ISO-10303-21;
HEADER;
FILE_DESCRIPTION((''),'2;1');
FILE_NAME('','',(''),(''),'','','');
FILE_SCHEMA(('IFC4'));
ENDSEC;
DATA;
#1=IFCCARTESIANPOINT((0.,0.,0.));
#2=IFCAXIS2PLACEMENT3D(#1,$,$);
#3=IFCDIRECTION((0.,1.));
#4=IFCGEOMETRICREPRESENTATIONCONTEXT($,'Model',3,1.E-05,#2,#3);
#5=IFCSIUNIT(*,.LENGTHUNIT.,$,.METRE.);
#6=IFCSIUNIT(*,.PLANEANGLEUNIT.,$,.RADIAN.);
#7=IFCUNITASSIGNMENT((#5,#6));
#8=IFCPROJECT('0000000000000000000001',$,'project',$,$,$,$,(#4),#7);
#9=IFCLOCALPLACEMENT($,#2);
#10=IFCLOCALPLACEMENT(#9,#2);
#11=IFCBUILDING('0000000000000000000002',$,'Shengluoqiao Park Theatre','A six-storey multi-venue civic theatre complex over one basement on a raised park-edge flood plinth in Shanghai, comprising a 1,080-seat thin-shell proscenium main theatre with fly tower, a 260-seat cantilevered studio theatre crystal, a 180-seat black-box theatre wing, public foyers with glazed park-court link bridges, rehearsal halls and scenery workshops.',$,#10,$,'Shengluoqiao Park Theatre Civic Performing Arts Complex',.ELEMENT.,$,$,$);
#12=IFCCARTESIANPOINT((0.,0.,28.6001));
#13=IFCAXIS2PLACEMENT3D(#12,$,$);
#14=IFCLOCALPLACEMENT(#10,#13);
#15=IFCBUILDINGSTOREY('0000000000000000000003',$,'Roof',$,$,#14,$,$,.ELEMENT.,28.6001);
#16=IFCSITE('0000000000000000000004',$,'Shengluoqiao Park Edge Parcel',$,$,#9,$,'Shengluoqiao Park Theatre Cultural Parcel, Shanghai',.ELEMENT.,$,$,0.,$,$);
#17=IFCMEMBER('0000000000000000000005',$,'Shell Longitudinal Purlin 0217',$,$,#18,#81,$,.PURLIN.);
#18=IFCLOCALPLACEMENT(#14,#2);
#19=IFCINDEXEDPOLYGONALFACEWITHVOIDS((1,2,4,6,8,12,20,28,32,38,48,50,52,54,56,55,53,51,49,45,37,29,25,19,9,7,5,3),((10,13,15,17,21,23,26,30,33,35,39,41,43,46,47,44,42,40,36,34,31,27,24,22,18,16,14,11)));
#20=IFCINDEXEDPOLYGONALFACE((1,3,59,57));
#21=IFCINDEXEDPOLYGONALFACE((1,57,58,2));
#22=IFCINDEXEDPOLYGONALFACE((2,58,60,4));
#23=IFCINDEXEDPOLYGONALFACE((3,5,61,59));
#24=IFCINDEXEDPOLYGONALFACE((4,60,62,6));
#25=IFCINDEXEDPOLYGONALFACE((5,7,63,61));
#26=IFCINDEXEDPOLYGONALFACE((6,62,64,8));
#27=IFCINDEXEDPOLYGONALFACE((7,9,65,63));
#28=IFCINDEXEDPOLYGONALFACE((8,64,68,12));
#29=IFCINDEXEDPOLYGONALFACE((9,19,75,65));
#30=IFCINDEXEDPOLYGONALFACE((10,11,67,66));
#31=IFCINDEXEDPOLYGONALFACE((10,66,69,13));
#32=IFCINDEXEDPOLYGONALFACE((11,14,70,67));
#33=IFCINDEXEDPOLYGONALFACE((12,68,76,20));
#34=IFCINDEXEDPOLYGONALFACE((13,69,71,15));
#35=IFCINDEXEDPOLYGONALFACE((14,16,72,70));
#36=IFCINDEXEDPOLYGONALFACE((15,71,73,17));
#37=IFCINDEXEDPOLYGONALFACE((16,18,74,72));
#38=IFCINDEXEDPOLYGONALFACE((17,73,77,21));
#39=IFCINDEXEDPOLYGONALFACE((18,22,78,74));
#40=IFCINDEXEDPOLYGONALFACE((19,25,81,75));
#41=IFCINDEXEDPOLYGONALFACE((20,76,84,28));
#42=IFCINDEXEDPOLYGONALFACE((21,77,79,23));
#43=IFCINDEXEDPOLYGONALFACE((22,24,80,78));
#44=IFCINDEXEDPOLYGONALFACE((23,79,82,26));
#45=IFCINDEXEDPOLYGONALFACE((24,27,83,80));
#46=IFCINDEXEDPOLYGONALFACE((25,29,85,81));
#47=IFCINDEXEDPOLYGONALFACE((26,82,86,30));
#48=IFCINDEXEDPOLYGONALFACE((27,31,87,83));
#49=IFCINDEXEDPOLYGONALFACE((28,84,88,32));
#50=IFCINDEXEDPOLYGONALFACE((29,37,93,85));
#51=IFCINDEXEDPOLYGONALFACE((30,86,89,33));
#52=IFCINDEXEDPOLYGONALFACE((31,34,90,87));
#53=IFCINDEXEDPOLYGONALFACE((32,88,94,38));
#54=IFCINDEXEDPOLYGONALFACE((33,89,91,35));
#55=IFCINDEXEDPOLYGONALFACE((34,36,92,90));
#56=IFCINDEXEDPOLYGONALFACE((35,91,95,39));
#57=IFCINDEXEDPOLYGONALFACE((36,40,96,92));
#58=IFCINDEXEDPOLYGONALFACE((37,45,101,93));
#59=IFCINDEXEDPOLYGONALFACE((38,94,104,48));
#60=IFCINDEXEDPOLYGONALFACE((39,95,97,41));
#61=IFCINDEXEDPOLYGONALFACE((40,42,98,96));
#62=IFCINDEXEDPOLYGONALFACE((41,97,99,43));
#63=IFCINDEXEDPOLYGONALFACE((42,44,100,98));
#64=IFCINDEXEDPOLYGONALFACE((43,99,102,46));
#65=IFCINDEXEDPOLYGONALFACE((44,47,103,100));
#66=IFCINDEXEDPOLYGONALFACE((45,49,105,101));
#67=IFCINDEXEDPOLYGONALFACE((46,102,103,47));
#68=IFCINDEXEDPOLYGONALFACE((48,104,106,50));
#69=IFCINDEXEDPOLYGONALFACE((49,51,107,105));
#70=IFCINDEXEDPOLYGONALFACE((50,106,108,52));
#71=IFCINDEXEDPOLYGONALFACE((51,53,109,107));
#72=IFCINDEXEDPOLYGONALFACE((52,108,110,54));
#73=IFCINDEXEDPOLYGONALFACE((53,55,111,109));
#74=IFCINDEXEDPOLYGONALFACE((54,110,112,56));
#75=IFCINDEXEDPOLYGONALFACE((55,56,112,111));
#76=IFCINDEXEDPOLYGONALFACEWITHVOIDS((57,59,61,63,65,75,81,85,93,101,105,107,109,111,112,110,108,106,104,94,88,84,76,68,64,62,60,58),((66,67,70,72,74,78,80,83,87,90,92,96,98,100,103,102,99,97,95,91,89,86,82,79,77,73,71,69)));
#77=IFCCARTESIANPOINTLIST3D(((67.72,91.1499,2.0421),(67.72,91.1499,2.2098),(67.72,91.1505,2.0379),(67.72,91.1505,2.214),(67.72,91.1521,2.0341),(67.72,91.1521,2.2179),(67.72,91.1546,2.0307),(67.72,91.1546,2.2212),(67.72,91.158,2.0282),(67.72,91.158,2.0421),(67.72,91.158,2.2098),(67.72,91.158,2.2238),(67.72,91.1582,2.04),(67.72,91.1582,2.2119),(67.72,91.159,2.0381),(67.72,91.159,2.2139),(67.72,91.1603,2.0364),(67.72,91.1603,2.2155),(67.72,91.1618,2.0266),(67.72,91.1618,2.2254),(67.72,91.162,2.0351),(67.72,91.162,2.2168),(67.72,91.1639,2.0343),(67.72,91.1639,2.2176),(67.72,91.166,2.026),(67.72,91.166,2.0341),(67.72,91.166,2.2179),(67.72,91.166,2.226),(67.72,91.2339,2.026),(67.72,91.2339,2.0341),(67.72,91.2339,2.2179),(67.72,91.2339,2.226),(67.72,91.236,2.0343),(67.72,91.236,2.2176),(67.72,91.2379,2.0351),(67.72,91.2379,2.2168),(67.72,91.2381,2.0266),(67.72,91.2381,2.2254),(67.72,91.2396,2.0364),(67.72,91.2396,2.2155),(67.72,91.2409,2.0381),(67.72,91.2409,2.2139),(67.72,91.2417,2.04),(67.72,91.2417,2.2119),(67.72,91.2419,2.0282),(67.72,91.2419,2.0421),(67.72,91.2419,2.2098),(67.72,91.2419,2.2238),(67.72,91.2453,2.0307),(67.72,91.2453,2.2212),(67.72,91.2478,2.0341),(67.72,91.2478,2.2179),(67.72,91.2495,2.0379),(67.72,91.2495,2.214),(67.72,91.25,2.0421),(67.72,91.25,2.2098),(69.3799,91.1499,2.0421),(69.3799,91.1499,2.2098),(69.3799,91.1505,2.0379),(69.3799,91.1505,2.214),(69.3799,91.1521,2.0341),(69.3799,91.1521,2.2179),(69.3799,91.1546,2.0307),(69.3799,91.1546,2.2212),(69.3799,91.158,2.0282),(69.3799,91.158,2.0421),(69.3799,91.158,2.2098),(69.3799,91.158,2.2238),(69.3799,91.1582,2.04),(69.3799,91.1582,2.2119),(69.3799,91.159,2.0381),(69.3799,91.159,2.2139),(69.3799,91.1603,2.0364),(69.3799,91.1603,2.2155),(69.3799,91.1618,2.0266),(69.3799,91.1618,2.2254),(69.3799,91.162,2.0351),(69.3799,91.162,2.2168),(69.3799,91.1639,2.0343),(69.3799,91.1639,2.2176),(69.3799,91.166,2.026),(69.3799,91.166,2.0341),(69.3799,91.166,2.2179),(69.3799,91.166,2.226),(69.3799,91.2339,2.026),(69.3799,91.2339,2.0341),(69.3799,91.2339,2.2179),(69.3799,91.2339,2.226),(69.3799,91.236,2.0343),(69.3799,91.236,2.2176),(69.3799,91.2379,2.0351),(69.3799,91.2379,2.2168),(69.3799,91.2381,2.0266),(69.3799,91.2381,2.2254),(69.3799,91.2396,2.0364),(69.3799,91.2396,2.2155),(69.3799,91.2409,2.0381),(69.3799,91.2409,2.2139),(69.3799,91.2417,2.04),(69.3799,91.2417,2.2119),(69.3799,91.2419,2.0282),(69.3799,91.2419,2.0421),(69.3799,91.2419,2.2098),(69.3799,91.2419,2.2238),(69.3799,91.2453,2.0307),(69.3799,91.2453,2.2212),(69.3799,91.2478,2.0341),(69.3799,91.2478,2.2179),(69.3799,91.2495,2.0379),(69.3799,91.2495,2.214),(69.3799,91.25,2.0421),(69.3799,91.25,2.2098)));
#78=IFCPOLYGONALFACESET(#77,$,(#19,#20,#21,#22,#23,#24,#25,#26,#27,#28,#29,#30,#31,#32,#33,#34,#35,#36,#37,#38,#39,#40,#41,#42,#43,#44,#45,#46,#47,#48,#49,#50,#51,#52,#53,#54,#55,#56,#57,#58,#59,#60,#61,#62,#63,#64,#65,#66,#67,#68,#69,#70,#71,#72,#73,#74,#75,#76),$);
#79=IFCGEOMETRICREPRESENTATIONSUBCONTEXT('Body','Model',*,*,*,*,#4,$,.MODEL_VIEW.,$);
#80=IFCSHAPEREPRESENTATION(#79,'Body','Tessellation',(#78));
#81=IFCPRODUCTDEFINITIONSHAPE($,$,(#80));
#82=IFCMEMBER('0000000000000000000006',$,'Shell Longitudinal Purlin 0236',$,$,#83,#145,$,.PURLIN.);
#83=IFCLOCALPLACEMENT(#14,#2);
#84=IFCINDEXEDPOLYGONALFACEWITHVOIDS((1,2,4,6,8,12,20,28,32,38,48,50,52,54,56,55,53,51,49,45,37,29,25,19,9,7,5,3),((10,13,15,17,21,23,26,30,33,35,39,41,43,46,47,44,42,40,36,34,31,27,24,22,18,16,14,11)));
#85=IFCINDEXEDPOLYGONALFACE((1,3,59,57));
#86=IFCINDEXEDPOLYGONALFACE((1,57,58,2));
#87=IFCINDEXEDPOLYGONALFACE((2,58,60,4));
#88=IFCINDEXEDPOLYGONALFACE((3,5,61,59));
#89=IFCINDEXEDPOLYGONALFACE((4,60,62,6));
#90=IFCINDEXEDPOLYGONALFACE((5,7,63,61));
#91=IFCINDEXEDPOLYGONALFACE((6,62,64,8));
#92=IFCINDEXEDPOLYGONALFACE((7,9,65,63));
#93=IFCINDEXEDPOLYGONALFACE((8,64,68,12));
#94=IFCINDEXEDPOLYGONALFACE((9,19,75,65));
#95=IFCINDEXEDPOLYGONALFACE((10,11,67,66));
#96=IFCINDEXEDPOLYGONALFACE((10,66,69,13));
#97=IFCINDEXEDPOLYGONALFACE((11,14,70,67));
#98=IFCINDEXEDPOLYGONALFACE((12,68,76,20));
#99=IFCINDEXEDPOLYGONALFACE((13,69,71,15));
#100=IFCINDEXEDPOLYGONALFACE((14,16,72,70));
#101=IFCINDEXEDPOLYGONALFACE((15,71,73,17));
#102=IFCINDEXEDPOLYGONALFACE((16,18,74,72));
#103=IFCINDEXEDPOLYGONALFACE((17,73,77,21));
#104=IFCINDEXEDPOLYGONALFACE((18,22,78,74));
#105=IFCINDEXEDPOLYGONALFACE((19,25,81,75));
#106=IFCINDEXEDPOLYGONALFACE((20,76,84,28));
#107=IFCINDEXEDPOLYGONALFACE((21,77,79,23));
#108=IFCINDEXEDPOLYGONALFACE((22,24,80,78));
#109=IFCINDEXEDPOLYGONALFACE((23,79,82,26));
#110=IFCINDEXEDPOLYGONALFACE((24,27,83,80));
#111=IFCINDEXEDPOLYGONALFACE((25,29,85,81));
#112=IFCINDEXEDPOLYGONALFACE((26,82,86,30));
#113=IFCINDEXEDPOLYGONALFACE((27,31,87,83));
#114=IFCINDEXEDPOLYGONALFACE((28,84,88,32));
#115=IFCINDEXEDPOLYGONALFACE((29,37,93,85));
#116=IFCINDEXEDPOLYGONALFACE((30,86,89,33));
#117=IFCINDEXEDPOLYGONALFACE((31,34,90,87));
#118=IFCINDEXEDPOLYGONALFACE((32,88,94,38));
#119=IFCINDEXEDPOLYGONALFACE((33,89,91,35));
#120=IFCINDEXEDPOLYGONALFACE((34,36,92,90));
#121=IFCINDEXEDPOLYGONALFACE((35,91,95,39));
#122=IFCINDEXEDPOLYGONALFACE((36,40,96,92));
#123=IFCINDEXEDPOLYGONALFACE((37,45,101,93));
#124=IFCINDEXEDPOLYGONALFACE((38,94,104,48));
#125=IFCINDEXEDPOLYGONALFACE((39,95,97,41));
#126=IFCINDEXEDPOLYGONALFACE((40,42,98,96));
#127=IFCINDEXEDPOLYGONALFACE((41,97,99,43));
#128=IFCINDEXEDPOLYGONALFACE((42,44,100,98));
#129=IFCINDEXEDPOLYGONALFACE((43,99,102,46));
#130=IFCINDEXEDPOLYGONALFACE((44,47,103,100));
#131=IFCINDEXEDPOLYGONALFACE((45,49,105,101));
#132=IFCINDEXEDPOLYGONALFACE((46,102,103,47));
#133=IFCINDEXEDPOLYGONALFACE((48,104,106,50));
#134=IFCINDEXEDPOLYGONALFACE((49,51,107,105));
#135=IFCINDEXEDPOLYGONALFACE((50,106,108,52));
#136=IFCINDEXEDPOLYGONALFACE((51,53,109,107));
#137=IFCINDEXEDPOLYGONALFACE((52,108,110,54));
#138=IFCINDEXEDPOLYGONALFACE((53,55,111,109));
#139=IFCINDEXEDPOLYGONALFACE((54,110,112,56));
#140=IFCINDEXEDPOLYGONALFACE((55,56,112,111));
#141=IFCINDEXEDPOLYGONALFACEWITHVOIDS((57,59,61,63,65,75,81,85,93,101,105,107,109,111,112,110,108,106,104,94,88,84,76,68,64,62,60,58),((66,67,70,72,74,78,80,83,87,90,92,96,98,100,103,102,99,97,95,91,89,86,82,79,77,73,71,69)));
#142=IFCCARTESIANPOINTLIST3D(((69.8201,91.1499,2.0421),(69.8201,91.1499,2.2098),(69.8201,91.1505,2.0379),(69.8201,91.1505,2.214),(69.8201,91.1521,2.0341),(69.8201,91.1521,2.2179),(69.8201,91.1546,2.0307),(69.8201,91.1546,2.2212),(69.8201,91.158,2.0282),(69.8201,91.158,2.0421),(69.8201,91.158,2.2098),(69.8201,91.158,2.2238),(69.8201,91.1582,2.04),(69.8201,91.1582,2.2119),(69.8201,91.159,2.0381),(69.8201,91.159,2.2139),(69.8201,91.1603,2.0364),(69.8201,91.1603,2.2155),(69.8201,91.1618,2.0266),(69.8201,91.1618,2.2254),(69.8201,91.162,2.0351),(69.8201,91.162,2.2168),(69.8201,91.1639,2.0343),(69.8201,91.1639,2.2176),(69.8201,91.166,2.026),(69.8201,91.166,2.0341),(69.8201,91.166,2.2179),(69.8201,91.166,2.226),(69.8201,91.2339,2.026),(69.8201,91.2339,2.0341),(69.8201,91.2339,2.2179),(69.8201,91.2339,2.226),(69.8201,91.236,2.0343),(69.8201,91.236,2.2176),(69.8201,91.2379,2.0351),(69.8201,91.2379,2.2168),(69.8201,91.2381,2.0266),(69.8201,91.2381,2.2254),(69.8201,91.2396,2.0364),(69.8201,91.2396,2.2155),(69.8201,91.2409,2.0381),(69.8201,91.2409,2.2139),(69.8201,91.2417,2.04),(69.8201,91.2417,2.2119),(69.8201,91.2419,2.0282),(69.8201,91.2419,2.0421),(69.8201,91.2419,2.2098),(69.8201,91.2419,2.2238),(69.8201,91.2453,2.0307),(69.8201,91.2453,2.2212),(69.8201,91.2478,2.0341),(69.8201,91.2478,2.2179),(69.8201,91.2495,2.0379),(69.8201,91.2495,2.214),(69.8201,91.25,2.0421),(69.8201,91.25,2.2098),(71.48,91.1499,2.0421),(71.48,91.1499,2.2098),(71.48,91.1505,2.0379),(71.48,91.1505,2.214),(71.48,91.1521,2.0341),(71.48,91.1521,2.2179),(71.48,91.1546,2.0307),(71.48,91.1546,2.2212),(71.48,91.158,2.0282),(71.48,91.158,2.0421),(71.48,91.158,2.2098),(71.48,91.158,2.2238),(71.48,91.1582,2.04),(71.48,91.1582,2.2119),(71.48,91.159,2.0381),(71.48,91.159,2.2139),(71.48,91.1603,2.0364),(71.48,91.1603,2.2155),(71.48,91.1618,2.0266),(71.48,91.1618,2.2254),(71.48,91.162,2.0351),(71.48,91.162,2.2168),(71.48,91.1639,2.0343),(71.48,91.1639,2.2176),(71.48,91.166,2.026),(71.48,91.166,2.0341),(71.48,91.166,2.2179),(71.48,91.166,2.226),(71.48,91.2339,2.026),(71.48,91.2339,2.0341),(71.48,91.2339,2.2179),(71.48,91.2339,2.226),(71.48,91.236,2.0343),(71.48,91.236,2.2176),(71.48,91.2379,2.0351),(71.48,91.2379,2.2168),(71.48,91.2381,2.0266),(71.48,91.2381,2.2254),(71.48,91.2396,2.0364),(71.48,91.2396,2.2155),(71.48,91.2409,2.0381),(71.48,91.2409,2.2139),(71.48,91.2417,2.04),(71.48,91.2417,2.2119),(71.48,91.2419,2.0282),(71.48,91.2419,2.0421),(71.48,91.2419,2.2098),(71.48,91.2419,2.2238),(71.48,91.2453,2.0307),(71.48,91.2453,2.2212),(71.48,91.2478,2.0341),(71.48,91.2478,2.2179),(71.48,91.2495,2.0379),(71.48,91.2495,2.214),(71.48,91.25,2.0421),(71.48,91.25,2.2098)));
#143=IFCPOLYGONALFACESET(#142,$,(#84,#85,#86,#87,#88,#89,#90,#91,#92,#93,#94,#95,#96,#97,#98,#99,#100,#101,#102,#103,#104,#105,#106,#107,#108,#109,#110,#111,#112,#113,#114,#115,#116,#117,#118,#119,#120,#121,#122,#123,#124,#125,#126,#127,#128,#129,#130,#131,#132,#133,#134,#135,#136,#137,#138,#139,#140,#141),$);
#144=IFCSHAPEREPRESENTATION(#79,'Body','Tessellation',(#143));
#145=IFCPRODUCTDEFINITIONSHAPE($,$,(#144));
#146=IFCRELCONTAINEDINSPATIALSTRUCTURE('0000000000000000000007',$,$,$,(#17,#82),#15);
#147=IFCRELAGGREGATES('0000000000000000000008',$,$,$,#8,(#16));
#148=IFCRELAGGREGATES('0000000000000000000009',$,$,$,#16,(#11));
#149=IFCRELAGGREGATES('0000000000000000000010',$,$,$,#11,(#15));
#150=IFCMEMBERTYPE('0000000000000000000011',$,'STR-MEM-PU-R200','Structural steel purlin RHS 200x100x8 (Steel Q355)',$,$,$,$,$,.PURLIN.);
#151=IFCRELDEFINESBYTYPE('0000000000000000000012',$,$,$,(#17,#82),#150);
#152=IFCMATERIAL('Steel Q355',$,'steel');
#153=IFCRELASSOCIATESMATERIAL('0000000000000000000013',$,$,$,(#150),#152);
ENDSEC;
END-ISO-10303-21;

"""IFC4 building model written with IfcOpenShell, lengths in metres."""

from ifc_helpers import new_model, si_unit, direction, frame, origin, origin_2d, place, context, subcontext, project, spatial, hollow_rectangle, extrude, material, material_profile, profile_set, type_object, element, save


model = new_model("IFC4")

# Units and contexts
model_context = context("Model", 3, precision=1e-05, world=origin(), true_north=direction((0.0, 1.0)))
body_context = subcontext(model_context, "Body", "Model", "MODEL_VIEW")
ifc_project = project(units=[si_unit("LENGTHUNIT", "METRE"), si_unit("PLANEANGLEUNIT", "RADIAN")], contexts=[model_context])

# Site, building, storey
site_placement = place(None, origin())
site = spatial("IfcSite", under=ifc_project, at=site_placement, Name="Shengluoqiao Park Edge Parcel", LongName="Shengluoqiao Park Theatre Cultural Parcel, Shanghai", CompositionType="ELEMENT", RefElevation=0.0)
building_placement = place(site_placement, origin())
building = spatial("IfcBuilding", under=site, at=building_placement, Name="Shengluoqiao Park Theatre", Description="A six-storey multi-venue civic theatre complex over one basement on a raised park-edge flood plinth in Shanghai, comprising a 1,080-seat thin-shell proscenium main theatre with fly tower, a 260-seat cantilevered studio theatre crystal, a 180-seat black-box theatre wing, public foyers with glazed park-court link bridges, rehearsal halls and scenery workshops.", LongName="Shengluoqiao Park Theatre Civic Performing Arts Complex", CompositionType="ELEMENT")
storey_placement = place(building_placement, frame((0.0, 0.0, 28.6001)))
storey = spatial("IfcBuildingStorey", under=building, at=storey_placement, Name="Roof", CompositionType="ELEMENT", Elevation=28.6001)

# Shared definitions
ifc_material_1 = material(Name="Steel Q355", Category="steel")

# Members
ifc_material_profile_1 = material_profile(ifc_material_1, hollow_rectangle(XDim=0.1001, YDim=0.2, WallThickness=0.0081, InnerFilletRadius=0.0081, OuterFilletRadius=0.0161, at=origin_2d()), Name="RHS 200x100x8")
ifc_profile_set_1 = profile_set([ifc_material_profile_1], Name="Steel Q355")
member_type_1 = type_object("IfcMemberType", Name="STR-MEM-PU-R200", Description="Structural steel purlin RHS 200x100x8 (Steel Q355)", PredefinedType="PURLIN", material=ifc_profile_set_1)
for number, where, z_axis, x_axis, name in (
    (1, (67.72, 91.2, 2.126), (1.0, 0.0, 0.0), (0.0, 1.0, 0.0), "Shell Longitudinal Purlin 0217"),
    (2, (69.8201, 91.2, 2.126), (1.0, 0.0, 0.0), (0.0, 1.0, 0.0), "Shell Longitudinal Purlin 0236"),
):
    element("IfcMember", number, at=place(storey_placement, frame(where, z_axis=z_axis, x_axis=x_axis)), inside=storey, type_object=member_type_1, Name=name, PredefinedType="PURLIN", context=body_context, shape_type="SweptSolid", body=[
        extrude(hollow_rectangle(XDim=0.1001, YDim=0.2, WallThickness=0.0081, InnerFilletRadius=0.0081, OuterFilletRadius=0.0161, at=origin_2d()), origin(), (0.0, 0.0, 1.0), 1.6599),
    ])

save(model, "model.ifc")
